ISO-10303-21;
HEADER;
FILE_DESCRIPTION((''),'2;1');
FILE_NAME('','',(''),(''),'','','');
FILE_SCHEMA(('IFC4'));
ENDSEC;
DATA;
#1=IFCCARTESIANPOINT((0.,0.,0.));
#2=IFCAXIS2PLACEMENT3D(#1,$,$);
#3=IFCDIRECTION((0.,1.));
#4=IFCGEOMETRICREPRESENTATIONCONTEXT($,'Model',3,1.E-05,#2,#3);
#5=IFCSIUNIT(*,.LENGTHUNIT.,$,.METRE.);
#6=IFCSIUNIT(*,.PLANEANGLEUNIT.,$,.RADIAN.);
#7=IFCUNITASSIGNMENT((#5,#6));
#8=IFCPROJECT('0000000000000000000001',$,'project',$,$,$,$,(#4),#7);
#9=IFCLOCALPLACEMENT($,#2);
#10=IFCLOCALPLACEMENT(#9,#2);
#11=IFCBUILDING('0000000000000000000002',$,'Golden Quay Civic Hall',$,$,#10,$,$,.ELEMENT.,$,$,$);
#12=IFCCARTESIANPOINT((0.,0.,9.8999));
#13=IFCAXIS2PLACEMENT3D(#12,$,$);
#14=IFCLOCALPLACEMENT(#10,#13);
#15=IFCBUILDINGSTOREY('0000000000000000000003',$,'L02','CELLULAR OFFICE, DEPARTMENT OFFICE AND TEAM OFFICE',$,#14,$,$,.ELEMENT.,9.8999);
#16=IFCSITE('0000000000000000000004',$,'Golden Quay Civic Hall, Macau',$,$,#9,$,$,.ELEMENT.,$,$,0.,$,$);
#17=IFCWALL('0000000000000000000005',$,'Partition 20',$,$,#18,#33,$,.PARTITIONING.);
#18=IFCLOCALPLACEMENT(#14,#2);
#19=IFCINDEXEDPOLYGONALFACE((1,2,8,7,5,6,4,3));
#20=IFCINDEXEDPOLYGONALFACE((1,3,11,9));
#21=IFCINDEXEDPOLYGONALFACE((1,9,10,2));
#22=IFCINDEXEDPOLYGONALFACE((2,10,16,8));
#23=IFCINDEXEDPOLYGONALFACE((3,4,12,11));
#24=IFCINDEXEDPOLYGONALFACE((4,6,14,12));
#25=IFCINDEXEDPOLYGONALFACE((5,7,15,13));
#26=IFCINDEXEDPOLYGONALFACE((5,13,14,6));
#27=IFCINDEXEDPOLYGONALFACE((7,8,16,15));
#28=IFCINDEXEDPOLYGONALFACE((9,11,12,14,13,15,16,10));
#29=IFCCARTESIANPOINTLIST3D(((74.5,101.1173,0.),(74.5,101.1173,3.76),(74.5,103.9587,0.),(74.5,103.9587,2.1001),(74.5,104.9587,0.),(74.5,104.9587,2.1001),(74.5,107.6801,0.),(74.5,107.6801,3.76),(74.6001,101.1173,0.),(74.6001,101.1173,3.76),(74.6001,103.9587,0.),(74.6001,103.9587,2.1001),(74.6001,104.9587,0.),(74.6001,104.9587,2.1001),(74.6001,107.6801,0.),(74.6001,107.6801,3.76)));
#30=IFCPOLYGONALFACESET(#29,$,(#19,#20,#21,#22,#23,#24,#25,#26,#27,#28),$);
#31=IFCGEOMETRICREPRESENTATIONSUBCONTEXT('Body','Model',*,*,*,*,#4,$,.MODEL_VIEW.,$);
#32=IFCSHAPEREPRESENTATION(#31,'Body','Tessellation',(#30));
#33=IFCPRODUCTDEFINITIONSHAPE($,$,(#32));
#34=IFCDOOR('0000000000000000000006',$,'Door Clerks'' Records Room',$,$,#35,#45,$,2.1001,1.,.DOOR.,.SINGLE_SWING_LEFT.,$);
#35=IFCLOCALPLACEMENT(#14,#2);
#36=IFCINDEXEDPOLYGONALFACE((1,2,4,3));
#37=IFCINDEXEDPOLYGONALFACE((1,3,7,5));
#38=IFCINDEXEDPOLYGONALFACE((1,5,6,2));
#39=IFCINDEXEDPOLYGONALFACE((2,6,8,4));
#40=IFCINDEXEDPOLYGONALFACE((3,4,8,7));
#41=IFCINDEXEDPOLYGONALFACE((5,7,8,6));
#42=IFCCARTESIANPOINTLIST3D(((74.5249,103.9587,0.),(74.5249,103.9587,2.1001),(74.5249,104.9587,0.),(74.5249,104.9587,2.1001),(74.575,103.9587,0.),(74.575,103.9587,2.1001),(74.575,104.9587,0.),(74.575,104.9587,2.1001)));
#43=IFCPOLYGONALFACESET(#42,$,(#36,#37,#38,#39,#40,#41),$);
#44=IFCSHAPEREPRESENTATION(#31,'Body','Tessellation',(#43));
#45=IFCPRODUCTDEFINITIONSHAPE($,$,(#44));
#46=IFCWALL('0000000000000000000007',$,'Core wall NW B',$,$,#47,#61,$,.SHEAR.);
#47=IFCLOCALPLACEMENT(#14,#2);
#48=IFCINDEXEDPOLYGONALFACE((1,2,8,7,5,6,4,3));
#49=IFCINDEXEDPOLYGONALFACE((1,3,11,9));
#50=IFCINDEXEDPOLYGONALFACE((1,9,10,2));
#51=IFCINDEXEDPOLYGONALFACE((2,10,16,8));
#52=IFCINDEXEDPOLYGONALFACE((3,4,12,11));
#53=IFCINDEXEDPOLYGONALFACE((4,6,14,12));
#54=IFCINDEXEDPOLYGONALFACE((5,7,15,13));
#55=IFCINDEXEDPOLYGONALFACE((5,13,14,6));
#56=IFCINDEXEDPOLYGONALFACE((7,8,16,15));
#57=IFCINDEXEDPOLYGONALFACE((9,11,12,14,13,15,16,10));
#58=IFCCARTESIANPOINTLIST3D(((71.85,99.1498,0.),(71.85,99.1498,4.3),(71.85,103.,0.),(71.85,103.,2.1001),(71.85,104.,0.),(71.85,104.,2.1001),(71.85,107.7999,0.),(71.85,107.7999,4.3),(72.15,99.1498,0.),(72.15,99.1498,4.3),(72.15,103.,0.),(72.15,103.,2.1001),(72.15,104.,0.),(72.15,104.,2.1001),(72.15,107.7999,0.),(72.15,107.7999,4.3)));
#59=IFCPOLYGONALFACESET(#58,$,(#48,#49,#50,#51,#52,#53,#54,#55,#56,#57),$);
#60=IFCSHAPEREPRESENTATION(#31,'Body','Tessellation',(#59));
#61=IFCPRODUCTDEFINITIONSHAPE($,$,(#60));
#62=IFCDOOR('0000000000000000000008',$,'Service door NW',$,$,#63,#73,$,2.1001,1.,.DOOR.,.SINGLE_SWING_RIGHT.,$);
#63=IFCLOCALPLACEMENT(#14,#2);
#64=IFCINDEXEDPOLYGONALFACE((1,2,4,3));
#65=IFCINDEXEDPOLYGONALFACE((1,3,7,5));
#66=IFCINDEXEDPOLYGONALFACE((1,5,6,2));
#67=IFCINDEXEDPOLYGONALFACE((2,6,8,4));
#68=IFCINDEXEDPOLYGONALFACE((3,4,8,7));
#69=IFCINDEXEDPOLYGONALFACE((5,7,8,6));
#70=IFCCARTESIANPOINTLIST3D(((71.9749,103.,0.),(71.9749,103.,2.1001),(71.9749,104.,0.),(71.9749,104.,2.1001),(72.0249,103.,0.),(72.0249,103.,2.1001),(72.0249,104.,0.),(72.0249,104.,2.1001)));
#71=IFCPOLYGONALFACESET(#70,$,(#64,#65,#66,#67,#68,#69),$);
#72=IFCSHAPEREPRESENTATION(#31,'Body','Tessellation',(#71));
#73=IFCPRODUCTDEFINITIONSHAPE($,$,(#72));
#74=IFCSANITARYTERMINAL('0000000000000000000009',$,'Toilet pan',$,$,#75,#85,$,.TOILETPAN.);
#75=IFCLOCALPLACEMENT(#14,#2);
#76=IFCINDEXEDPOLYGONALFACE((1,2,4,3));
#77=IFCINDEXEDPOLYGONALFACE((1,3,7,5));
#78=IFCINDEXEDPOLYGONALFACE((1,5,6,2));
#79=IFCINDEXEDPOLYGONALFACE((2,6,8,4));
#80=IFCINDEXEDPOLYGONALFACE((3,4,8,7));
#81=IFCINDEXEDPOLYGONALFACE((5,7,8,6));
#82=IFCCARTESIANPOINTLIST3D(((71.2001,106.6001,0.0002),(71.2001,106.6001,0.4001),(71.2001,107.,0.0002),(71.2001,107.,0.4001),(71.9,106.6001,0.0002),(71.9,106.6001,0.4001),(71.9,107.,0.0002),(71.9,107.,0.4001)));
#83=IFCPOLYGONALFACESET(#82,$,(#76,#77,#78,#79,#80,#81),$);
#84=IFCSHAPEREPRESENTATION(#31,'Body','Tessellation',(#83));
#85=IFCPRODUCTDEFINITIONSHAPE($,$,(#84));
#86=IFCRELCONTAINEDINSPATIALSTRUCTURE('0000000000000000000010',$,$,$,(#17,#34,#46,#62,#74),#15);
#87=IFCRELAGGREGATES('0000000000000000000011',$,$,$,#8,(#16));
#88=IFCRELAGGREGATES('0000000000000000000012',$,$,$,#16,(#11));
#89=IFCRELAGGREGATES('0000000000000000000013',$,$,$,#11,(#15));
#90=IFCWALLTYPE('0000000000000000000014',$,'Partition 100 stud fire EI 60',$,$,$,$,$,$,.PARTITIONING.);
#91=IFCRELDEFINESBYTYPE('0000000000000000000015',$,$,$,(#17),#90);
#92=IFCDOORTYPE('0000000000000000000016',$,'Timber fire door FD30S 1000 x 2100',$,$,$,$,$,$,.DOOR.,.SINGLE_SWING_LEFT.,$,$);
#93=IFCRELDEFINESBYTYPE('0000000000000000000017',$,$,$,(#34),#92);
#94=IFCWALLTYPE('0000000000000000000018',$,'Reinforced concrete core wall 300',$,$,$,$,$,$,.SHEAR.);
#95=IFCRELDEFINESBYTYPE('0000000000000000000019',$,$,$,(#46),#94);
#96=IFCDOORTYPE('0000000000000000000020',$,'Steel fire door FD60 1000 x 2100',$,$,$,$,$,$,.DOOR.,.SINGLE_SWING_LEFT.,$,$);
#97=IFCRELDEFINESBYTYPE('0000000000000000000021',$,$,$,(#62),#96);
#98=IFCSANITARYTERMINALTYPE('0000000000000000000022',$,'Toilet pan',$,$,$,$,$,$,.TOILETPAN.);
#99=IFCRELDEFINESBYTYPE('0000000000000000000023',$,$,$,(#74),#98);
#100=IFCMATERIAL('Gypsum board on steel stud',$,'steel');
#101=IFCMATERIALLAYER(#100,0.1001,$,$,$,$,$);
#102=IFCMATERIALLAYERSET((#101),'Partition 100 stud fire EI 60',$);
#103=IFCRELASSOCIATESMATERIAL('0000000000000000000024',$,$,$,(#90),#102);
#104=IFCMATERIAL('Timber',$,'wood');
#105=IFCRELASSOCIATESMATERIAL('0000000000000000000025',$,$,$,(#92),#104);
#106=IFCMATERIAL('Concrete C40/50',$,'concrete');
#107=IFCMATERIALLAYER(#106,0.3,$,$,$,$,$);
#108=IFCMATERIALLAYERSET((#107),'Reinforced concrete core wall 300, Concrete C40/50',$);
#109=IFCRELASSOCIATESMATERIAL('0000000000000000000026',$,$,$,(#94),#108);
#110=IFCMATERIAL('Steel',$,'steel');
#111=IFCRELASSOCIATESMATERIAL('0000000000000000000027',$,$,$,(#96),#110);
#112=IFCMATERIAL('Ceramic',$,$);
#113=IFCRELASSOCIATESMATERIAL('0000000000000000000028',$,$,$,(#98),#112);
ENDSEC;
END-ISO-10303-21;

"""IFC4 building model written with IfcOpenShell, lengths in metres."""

from ifc_helpers import new_model, si_unit, direction, frame, frame_2d, origin, origin_2d, place, context, subcontext, project, spatial, rectangle, extrude, material, layer, layer_set, type_object, element, fill, save


model = new_model("IFC4")

# Units and contexts
model_context = context("Model", 3, precision=1e-05, world=origin(), true_north=direction((0.0, 1.0)))
body_context = subcontext(model_context, "Body", "Model", "MODEL_VIEW")
ifc_project = project(units=[si_unit("LENGTHUNIT", "METRE"), si_unit("PLANEANGLEUNIT", "RADIAN")], contexts=[model_context])

# Site, building, storey
site_placement = place(None, origin())
site = spatial("IfcSite", under=ifc_project, at=site_placement, Name="Golden Quay Civic Hall, Macau", CompositionType="ELEMENT", RefElevation=0.0)
building_placement = place(site_placement, origin())
building = spatial("IfcBuilding", under=site, at=building_placement, Name="Golden Quay Civic Hall", CompositionType="ELEMENT")
storey_placement = place(building_placement, frame((0.0, 0.0, 9.8999)))
storey = spatial("IfcBuildingStorey", under=building, at=storey_placement, Name="L02", Description="CELLULAR OFFICE, DEPARTMENT OFFICE AND TEAM OFFICE", CompositionType="ELEMENT", Elevation=9.8999)

# Walls, openings, doors
ifc_material_1 = material(Name="Gypsum board on steel stud", Category="steel")
ifc_layer_1 = layer(ifc_material_1, 0.1001)
ifc_layer_set_1 = layer_set([ifc_layer_1], Name="Partition 100 stud fire EI 60")
wall_type_1 = type_object("IfcWallType", Name="Partition 100 stud fire EI 60", PredefinedType="PARTITIONING", material=ifc_layer_set_1)
wall_1_placement = place(storey_placement, frame((74.55, 107.6799, 0.0), z_axis=(0.0, 0.0, 1.0), x_axis=(0.0, -1.0, 0.0)))
wall_1 = element("IfcWall", 1, at=wall_1_placement, inside=storey, type_object=wall_type_1, Name="Partition 20", PredefinedType="PARTITIONING", context=body_context, shape_type="SweptSolid", body=[
    extrude(rectangle(XDim=6.5627, YDim=0.1001, at=frame_2d((3.2812, 0.0))), origin(), (0.0, 0.0, 1.0), 3.76),
])
opening_1_placement = place(wall_1_placement, frame((2.7212, 0.0, 0.0)))
opening_1 = element("IfcOpeningElement", 2, at=opening_1_placement, cuts=wall_1, PredefinedType="OPENING", context=body_context, shape_type="SweptSolid", body=[
    extrude(rectangle(XDim=1.0, YDim=2.1001, at=frame_2d((0.5, 1.05))), frame((0.0, 0.0601, 0.0), z_axis=(0.0, -1.0, 0.0), x_axis=(1.0, 0.0, 0.0)), (0.0, 0.0, 1.0), 0.1201),
])
ifc_material_2 = material(Name="Timber", Category="wood")
door_type_1 = type_object("IfcDoorType", Name="Timber fire door FD30S 1000 x 2100", OperationType="SINGLE_SWING_LEFT", PredefinedType="DOOR", material=ifc_material_2)
door_1_placement = place(opening_1_placement, origin())
door_1 = element("IfcDoor", 3, at=door_1_placement, inside=storey, type_object=door_type_1, Name="Door Clerks' Records Room", OperationType="SINGLE_SWING_LEFT", OverallHeight=2.1001, OverallWidth=1.0, PredefinedType="DOOR", context=body_context, shape_type="SweptSolid", body=[
    extrude(rectangle(XDim=1.0, YDim=2.1001, at=frame_2d((0.5, 1.05))), frame((0.0, 0.0249, 0.0), z_axis=(0.0, -1.0, 0.0), x_axis=(1.0, 0.0, 0.0)), (0.0, 0.0, 1.0), 0.05),
])
fill(opening_1, door_1)
ifc_material_3 = material(Name="Concrete C40/50", Category="concrete")
ifc_layer_2 = layer(ifc_material_3, 0.3)
ifc_layer_set_2 = layer_set([ifc_layer_2], Name="Reinforced concrete core wall 300, Concrete C40/50")
wall_type_2 = type_object("IfcWallType", Name="Reinforced concrete core wall 300", PredefinedType="SHEAR", material=ifc_layer_set_2)
wall_2_placement = place(storey_placement, frame((72.0, 107.8, 0.0), z_axis=(0.0, 0.0, 1.0), x_axis=(0.0, -1.0, 0.0)))
wall_2 = element("IfcWall", 4, at=wall_2_placement, inside=storey, type_object=wall_type_2, Name="Core wall NW B", PredefinedType="SHEAR", context=body_context, shape_type="SweptSolid", body=[
    extrude(rectangle(XDim=8.6501, YDim=0.3, at=frame_2d((4.3252, 0.0))), origin(), (0.0, 0.0, 1.0), 4.3),
])
opening_2_placement = place(wall_2_placement, frame((3.8, 0.0, 0.0)))
opening_2 = element("IfcOpeningElement", 5, at=opening_2_placement, cuts=wall_2, PredefinedType="OPENING", context=body_context, shape_type="SweptSolid", body=[
    extrude(rectangle(XDim=1.0, YDim=2.1001, at=frame_2d((0.5, 1.05))), frame((0.0, 0.1599, 0.0), z_axis=(0.0, -1.0, 0.0), x_axis=(1.0, 0.0, 0.0)), (0.0, 0.0, 1.0), 0.3201),
])
ifc_material_4 = material(Name="Steel", Category="steel")
door_type_2 = type_object("IfcDoorType", Name="Steel fire door FD60 1000 x 2100", OperationType="SINGLE_SWING_LEFT", PredefinedType="DOOR", material=ifc_material_4)
door_2_placement = place(opening_2_placement, frame((1.0, 0.0, 0.0), z_axis=(0.0, 0.0, 1.0), x_axis=(-1.0, 0.0, 0.0)))
door_2 = element("IfcDoor", 6, at=door_2_placement, inside=storey, type_object=door_type_2, Name="Service door NW", OperationType="SINGLE_SWING_RIGHT", OverallHeight=2.1001, OverallWidth=1.0, PredefinedType="DOOR", context=body_context, shape_type="SweptSolid", body=[
    extrude(rectangle(XDim=1.0, YDim=2.1001, at=frame_2d((0.5, 1.05))), frame((0.0, 0.0251, 0.0), z_axis=(0.0, -1.0, 0.0), x_axis=(1.0, 0.0, 0.0)), (0.0, 0.0, 1.0), 0.05),
])
fill(opening_2, door_2)

# Sanitary terminal
ifc_material_5 = material(Name="Ceramic")
sanitary_terminal_type = type_object("IfcSanitaryTerminalType", Name="Toilet pan", PredefinedType="TOILETPAN", material=ifc_material_5)
sanitary_terminal_placement = place(storey_placement, frame((71.55, 106.8, 0.0002), z_axis=(0.0, 0.0, 1.0), x_axis=(0.0, 1.0, 0.0)))
element("IfcSanitaryTerminal", 7, at=sanitary_terminal_placement, inside=storey, type_object=sanitary_terminal_type, Name="Toilet pan", PredefinedType="TOILETPAN", context=body_context, shape_type="SweptSolid", body=[
    extrude(rectangle(XDim=0.3999, YDim=0.7, at=origin_2d()), origin(), (0.0, 0.0, 1.0), 0.3999),
])

save(model, "model.ifc")
